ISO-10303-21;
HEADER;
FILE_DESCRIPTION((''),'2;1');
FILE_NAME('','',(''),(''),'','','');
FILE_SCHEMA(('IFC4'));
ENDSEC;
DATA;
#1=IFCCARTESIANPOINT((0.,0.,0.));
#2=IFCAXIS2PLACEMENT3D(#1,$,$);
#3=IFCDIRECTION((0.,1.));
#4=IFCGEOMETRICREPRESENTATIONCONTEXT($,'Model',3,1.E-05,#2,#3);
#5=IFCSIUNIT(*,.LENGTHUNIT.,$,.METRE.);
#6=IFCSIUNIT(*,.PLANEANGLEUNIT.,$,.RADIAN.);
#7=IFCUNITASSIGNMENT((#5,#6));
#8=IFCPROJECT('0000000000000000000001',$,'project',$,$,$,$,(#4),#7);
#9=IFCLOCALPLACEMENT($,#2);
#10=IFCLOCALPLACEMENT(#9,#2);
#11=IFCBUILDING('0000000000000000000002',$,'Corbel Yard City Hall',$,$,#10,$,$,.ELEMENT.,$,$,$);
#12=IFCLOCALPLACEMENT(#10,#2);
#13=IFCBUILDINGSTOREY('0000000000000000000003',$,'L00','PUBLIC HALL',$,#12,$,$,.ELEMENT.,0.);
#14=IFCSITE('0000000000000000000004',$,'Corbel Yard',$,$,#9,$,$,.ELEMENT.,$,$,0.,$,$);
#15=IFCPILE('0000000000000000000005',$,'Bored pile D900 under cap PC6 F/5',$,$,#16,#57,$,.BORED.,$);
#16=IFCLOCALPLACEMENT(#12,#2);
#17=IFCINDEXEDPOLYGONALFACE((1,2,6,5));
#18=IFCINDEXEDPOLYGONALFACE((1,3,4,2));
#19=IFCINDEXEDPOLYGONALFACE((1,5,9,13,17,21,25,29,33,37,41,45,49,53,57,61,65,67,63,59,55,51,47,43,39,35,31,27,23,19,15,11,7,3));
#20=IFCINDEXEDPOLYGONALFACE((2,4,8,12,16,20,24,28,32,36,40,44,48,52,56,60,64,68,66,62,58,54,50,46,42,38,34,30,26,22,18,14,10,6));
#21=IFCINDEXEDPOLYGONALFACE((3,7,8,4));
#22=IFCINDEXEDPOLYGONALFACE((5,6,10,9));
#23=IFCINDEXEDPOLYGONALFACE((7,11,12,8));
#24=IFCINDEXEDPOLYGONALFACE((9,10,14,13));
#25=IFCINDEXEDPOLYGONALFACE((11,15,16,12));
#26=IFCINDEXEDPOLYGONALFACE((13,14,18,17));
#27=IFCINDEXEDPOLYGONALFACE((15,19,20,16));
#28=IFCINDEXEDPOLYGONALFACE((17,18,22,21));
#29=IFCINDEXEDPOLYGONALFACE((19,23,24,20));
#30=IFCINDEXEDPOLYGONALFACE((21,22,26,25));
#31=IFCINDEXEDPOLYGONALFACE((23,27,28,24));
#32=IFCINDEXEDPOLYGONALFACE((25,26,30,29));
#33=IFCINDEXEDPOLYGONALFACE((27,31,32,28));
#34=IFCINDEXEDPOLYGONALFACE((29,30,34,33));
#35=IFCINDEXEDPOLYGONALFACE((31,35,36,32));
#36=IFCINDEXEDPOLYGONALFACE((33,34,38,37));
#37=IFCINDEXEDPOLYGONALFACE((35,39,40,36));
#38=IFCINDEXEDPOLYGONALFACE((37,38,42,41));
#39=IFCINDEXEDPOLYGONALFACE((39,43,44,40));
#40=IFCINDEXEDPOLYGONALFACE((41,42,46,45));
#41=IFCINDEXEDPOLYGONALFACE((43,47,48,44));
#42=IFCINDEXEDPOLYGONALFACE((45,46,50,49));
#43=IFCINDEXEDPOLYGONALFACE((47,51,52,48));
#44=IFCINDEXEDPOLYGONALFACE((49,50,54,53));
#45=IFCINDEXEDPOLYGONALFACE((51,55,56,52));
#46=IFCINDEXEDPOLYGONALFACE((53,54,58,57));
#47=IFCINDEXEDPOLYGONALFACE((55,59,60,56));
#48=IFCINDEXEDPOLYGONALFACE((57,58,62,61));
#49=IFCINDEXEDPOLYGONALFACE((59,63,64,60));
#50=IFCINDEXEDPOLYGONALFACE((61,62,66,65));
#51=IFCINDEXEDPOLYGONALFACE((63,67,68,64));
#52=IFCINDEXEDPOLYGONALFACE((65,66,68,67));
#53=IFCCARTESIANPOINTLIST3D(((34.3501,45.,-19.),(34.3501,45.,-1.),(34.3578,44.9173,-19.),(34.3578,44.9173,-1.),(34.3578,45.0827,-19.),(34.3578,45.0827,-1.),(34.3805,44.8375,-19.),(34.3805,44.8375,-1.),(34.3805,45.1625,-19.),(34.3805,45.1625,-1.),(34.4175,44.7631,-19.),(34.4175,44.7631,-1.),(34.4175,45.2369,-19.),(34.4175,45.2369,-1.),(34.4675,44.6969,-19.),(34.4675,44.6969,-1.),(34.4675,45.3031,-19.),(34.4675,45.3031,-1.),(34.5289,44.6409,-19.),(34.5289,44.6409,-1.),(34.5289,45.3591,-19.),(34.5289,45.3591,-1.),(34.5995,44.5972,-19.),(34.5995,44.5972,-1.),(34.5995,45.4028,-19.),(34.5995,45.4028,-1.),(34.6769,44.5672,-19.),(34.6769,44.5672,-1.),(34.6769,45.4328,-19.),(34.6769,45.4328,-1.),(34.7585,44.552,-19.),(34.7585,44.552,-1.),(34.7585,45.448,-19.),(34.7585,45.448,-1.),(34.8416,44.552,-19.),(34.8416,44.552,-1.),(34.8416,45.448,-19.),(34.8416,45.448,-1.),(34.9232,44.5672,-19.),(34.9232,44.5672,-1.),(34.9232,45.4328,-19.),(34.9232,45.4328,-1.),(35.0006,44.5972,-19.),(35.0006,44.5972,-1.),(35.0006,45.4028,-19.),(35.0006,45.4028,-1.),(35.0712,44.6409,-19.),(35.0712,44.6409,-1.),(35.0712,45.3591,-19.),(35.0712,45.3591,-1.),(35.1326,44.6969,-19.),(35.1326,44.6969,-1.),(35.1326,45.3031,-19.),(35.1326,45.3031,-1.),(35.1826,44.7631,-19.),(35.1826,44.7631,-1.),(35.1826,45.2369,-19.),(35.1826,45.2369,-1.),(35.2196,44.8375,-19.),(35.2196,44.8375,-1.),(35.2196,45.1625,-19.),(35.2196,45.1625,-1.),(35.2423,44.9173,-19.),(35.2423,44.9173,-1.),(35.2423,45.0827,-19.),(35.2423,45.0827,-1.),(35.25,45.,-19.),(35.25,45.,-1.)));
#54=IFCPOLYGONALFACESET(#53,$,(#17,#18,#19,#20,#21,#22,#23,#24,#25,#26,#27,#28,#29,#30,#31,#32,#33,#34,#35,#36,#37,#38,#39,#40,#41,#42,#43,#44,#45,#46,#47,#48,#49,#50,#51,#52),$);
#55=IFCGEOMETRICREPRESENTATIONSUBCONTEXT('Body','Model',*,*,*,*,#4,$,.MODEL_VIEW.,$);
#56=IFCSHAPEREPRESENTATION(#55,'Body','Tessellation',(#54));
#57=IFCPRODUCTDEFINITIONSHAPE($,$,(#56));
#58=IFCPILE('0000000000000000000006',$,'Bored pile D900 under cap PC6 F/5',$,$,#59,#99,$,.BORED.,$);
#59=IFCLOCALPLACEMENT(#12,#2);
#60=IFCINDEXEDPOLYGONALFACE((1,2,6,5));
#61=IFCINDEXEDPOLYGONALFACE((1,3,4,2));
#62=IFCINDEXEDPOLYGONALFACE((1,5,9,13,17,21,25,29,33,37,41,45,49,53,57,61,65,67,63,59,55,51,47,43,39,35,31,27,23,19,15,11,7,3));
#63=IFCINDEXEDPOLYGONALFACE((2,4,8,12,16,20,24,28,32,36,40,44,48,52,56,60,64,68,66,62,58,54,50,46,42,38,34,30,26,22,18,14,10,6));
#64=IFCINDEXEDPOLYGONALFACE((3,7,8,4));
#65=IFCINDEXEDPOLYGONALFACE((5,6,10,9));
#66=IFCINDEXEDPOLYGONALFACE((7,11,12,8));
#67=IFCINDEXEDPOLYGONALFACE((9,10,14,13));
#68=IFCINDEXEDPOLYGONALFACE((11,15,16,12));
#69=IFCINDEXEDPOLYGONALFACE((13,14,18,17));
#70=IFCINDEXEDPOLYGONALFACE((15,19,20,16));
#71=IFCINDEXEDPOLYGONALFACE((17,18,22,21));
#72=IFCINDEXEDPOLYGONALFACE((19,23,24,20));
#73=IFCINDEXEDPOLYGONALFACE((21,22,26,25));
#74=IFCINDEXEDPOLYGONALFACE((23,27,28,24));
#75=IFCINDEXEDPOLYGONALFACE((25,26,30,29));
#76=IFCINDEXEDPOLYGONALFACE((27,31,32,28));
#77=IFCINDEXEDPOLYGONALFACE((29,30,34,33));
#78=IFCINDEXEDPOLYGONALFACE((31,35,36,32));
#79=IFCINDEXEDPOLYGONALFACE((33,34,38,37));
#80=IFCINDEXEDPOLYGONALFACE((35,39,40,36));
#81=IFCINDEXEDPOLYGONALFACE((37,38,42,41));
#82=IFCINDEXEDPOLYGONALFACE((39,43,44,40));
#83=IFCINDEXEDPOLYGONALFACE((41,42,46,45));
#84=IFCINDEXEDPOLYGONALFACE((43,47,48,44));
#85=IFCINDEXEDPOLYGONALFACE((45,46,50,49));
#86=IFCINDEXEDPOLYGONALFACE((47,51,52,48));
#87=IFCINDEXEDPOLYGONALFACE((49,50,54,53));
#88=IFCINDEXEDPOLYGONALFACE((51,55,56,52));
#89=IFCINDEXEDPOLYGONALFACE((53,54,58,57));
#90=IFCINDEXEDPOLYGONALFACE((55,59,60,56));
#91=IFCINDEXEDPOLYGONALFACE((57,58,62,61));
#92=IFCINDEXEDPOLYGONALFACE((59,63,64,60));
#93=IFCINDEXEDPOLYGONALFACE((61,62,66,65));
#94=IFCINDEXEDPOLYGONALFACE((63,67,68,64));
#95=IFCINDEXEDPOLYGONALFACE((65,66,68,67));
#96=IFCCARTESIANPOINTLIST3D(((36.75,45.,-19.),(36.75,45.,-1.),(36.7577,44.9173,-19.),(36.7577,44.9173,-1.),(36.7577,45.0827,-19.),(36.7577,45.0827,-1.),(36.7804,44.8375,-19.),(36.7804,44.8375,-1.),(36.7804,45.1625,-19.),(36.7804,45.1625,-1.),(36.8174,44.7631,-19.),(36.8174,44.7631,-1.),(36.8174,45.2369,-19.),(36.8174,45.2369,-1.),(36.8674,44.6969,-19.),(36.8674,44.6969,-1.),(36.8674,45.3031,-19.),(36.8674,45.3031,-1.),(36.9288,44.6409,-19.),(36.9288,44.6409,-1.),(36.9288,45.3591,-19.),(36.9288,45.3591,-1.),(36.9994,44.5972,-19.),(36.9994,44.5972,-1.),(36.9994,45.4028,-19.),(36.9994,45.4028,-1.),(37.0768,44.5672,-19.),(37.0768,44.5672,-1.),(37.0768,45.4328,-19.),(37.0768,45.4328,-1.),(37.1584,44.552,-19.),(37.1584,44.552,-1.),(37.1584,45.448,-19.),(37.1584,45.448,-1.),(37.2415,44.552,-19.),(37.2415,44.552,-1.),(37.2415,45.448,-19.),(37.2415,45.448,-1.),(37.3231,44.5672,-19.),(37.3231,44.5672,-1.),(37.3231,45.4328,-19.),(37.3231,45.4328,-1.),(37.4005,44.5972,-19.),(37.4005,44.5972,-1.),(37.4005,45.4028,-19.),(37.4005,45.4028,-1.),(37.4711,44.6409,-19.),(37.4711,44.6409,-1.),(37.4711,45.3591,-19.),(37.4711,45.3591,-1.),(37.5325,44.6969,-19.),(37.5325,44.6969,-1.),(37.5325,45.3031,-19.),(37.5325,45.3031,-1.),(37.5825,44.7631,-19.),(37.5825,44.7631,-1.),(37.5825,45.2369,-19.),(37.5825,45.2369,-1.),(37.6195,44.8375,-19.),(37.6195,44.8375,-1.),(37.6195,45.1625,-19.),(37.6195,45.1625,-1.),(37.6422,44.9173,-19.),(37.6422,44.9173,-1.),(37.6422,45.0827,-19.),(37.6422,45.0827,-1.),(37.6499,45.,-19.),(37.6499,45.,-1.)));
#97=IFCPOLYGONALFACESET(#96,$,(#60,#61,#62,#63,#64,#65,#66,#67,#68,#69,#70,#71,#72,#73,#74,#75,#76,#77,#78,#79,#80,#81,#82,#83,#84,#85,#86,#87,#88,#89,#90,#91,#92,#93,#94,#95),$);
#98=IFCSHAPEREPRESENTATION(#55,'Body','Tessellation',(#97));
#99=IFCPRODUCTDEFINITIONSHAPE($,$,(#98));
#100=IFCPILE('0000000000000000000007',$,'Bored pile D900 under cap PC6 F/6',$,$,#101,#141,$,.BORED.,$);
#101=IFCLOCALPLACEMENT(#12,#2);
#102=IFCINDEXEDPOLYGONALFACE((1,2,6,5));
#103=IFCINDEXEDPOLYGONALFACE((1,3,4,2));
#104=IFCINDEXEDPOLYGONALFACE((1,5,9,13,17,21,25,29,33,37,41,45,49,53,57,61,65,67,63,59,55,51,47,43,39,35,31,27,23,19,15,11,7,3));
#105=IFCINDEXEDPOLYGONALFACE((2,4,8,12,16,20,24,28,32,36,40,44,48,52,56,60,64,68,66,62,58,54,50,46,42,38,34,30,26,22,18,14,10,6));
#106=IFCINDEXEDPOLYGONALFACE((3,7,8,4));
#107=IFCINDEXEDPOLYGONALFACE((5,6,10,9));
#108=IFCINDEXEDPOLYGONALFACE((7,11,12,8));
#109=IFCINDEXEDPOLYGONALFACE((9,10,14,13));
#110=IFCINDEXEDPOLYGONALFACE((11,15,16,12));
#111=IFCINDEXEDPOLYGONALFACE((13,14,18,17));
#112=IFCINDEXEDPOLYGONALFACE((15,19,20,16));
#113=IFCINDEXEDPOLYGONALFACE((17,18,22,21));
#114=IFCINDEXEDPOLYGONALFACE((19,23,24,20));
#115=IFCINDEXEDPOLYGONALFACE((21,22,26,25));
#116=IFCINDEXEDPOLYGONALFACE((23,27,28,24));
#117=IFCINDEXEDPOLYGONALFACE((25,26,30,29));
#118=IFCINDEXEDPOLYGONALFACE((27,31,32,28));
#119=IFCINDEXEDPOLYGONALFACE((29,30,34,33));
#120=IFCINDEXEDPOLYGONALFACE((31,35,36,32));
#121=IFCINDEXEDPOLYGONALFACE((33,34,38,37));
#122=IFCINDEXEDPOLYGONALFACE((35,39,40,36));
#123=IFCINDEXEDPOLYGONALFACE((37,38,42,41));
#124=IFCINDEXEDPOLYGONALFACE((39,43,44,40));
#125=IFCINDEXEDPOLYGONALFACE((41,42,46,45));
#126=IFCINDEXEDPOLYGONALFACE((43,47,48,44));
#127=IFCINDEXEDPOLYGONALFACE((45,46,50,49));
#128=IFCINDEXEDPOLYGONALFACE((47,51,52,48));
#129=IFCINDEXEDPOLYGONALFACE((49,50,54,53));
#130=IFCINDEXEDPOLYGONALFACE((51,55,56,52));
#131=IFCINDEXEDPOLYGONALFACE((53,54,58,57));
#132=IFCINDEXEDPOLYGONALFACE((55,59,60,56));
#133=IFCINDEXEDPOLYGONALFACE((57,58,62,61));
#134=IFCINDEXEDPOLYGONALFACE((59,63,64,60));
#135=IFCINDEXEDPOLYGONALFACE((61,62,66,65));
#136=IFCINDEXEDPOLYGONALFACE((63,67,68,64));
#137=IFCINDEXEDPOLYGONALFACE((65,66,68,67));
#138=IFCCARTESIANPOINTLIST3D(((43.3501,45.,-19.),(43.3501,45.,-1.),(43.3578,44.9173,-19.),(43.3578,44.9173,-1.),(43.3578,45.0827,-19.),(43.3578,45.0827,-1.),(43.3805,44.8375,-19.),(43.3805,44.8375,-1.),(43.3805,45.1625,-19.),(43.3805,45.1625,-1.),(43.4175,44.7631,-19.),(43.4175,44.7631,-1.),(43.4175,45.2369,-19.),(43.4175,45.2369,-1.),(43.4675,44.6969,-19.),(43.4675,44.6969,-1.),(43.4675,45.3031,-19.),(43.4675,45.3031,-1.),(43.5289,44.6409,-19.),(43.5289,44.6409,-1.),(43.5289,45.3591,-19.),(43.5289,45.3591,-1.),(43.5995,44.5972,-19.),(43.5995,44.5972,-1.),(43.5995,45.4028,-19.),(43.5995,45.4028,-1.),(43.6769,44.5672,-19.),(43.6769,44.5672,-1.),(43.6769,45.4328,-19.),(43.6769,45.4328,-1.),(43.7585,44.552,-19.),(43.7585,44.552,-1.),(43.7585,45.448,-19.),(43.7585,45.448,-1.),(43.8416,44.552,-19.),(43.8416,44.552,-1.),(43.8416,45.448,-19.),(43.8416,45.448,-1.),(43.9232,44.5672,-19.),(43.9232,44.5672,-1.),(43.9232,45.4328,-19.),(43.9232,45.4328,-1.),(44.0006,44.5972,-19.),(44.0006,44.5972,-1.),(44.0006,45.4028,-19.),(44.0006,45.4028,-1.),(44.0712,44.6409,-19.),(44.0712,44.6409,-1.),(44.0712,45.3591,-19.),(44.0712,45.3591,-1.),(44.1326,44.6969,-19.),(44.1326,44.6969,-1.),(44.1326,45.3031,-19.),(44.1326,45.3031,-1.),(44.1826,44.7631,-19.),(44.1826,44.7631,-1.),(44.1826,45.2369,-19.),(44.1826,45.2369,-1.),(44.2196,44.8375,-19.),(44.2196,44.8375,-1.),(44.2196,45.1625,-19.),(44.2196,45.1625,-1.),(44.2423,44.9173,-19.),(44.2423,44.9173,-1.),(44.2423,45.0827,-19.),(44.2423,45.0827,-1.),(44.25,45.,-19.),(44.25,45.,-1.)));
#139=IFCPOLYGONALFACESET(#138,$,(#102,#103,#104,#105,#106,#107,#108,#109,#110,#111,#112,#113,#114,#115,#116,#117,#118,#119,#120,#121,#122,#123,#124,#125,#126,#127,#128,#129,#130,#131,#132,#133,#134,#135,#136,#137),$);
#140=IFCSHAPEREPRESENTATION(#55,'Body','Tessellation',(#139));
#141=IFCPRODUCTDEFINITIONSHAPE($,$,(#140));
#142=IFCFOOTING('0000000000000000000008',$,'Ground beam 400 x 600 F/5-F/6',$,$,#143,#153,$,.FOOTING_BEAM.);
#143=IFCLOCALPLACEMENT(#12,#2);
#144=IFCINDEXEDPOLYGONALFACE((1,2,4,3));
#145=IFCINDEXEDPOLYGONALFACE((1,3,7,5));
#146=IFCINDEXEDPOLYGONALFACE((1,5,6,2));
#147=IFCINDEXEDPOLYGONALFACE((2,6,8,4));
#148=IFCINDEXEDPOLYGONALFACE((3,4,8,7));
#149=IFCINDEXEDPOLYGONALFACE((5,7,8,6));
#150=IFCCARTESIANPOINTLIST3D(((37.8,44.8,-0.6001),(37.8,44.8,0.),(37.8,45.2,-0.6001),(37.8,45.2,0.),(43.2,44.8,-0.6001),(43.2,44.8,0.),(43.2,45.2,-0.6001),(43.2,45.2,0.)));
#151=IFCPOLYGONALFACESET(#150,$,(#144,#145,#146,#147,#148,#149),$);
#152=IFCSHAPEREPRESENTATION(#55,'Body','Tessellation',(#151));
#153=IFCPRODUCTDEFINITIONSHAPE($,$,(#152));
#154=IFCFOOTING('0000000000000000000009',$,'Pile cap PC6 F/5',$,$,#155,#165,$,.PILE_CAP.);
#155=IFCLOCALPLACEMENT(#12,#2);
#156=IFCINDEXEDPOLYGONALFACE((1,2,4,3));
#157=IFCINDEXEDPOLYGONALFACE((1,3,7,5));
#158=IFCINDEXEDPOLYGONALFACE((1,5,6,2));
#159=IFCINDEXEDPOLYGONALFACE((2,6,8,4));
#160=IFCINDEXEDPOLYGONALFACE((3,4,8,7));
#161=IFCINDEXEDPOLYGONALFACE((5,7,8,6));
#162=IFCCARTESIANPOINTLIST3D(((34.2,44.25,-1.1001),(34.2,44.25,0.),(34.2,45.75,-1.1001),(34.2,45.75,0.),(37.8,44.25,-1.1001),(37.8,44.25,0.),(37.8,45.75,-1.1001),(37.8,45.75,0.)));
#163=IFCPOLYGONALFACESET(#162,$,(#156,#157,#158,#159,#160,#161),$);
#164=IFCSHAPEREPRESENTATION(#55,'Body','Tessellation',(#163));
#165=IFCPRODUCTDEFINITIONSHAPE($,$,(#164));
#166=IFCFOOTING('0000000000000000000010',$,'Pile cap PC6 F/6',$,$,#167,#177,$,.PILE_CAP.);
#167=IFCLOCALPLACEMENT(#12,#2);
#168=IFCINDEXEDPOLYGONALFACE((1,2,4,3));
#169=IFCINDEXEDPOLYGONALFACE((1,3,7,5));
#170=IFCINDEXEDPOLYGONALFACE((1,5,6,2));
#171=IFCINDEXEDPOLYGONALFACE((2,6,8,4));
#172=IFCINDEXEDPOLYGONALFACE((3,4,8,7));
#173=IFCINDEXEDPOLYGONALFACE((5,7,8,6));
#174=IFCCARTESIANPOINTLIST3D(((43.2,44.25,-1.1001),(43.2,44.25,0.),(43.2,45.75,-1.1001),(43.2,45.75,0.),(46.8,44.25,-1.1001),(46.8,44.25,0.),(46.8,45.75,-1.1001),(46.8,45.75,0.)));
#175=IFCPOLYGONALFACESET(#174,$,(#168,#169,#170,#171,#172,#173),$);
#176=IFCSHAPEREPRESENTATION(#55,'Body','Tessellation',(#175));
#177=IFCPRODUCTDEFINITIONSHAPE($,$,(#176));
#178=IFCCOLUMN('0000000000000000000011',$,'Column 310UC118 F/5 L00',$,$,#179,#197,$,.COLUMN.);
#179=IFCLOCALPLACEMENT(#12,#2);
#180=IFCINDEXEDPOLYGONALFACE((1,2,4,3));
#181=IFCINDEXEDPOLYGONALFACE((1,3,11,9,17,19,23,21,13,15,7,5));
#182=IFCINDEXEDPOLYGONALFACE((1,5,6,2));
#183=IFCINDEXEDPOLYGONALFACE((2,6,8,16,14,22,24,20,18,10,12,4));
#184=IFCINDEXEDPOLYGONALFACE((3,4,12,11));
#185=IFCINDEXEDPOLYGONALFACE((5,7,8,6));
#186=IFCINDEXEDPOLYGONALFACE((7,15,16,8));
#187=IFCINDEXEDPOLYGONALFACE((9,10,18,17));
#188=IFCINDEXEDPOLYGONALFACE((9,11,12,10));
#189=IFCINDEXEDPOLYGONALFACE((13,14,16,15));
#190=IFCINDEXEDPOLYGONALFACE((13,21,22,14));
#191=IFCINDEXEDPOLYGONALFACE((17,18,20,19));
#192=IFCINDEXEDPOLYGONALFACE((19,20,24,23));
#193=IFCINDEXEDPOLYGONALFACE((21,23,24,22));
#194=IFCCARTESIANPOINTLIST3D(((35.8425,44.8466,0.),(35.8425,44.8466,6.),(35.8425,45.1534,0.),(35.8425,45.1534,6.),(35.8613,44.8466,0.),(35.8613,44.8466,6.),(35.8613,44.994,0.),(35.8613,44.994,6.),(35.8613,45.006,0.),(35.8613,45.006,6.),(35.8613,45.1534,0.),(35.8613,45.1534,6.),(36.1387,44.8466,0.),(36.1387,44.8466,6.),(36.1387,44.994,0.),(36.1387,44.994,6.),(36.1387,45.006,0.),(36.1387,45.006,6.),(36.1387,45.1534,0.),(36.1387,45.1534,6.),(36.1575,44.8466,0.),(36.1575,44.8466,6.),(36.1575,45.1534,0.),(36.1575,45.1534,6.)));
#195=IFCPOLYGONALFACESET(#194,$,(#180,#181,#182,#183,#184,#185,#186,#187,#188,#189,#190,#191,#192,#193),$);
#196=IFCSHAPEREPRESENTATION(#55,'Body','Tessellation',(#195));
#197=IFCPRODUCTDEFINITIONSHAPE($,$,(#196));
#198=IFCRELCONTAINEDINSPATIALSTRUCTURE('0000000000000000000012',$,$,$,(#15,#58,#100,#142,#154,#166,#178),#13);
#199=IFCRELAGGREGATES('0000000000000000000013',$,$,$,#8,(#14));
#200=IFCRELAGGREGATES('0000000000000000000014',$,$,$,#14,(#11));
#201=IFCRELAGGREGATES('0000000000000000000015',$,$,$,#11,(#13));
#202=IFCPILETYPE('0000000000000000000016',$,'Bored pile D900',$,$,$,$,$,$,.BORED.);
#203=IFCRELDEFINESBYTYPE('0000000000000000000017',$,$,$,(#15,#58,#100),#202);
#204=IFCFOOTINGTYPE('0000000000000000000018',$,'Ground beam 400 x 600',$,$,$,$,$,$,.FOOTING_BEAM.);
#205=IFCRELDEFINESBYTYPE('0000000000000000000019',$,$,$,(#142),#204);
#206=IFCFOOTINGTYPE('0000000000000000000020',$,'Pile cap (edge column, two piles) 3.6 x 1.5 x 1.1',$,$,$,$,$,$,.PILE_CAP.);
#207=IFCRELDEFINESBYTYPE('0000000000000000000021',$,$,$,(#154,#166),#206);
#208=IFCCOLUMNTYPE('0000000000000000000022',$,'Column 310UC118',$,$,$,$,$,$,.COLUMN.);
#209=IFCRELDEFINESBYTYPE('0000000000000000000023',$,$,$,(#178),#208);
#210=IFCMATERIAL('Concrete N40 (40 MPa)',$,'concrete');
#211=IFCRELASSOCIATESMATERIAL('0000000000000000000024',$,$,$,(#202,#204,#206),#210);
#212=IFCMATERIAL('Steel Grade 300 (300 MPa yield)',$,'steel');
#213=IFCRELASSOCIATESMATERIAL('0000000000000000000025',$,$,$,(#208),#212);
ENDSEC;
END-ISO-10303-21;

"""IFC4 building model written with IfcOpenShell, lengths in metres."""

from ifc_helpers import new_model, si_unit, direction, frame, origin, origin_2d, place, context, subcontext, project, spatial, rectangle, circle, i_section, extrude, material, material_profile, profile_set, type_object, element, save


model = new_model("IFC4")

# Units and contexts
model_context = context("Model", 3, precision=1e-05, world=origin(), true_north=direction((0.0, 1.0)))
body_context = subcontext(model_context, "Body", "Model", "MODEL_VIEW")
ifc_project = project(units=[si_unit("LENGTHUNIT", "METRE"), si_unit("PLANEANGLEUNIT", "RADIAN")], contexts=[model_context])

# Site, building, storey
site_placement = place(None, origin())
site = spatial("IfcSite", under=ifc_project, at=site_placement, Name="Corbel Yard", CompositionType="ELEMENT", RefElevation=0.0)
building_placement = place(site_placement, origin())
building = spatial("IfcBuilding", under=site, at=building_placement, Name="Corbel Yard City Hall", CompositionType="ELEMENT")
storey_placement = place(building_placement, origin())
storey = spatial("IfcBuildingStorey", under=building, at=storey_placement, Name="L00", Description="PUBLIC HALL", CompositionType="ELEMENT", Elevation=0.0)

# Piles
ifc_material_1 = material(Name="Concrete N40 (40 MPa)", Category="concrete")
ifc_material_profile_1 = material_profile(ifc_material_1, circle(Radius=0.45, at=origin_2d()), Name="D900")
ifc_profile_set_1 = profile_set([ifc_material_profile_1], Name="Concrete N40 (40 MPa)")
pile_type = type_object("IfcPileType", Name="Bored pile D900", PredefinedType="BORED", material=ifc_profile_set_1)
for number, where, z_axis, x_axis, name in (
    (1, (34.8, 45.0, -1.0), (0.0, 0.0, -1.0), (1.0, 0.0, 0.0), "Bored pile D900 under cap PC6 F/5"),
    (2, (37.2, 45.0, -1.0), (0.0, 0.0, -1.0), (1.0, 0.0, 0.0), "Bored pile D900 under cap PC6 F/5"),
    (3, (43.8, 45.0, -1.0), (0.0, 0.0, -1.0), (1.0, 0.0, 0.0), "Bored pile D900 under cap PC6 F/6"),
):
    element("IfcPile", number, at=place(storey_placement, frame(where, z_axis=z_axis, x_axis=x_axis)), inside=storey, type_object=pile_type, Name=name, PredefinedType="BORED", context=body_context, shape_type="SweptSolid", body=[
        extrude(circle(Radius=0.45, at=origin_2d()), origin(), (0.0, 0.0, 1.0), 18.0),
    ])

# Footings
footing_type_1 = type_object("IfcFootingType", Name="Ground beam 400 x 600", PredefinedType="FOOTING_BEAM", material=ifc_material_1)
footing_placement = place(storey_placement, frame((40.5, 45.0, -0.6001), z_axis=(0.0, 0.0, 1.0), x_axis=(1.0, 0.0, 0.0)))
element("IfcFooting", 4, at=footing_placement, inside=storey, type_object=footing_type_1, Name="Ground beam 400 x 600 F/5-F/6", PredefinedType="FOOTING_BEAM", context=body_context, shape_type="SweptSolid", body=[
    extrude(rectangle(XDim=5.3999, YDim=0.3999, at=origin_2d()), origin(), (0.0, 0.0, 1.0), 0.6001),
])
footing_type_2 = type_object("IfcFootingType", Name="Pile cap (edge column, two piles) 3.6 x 1.5 x 1.1", PredefinedType="PILE_CAP", material=ifc_material_1)
for number, where, z_axis, x_axis, name in (
    (5, (36.0, 45.0, -1.1001), (0.0, 0.0, 1.0), (1.0, 0.0, 0.0), "Pile cap PC6 F/5"),
    (6, (45.0, 45.0, -1.1001), (0.0, 0.0, 1.0), (1.0, 0.0, 0.0), "Pile cap PC6 F/6"),
):
    element("IfcFooting", number, at=place(storey_placement, frame(where, z_axis=z_axis, x_axis=x_axis)), inside=storey, type_object=footing_type_2, Name=name, PredefinedType="PILE_CAP", context=body_context, shape_type="SweptSolid", body=[
        extrude(rectangle(XDim=3.6001, YDim=1.5, at=origin_2d()), origin(), (0.0, 0.0, 1.0), 1.1001),
    ])

# Column
ifc_material_2 = material(Name="Steel Grade 300 (300 MPa yield)", Category="steel")
ifc_material_profile_2 = material_profile(ifc_material_2, i_section(OverallWidth=0.3069, OverallDepth=0.3149, WebThickness=0.012, FlangeThickness=0.0188, at=origin_2d()), Name="310UC118")
ifc_profile_set_2 = profile_set([ifc_material_profile_2], Name="Steel Grade 300 (300 MPa yield)")
column_type = type_object("IfcColumnType", Name="Column 310UC118", PredefinedType="COLUMN", material=ifc_profile_set_2)
for number, where, z_axis, x_axis, name in (
    (7, (36.0, 45.0, 0.0), (0.0, 0.0, 1.0), (0.0, 1.0, 0.0), "Column 310UC118 F/5 L00"),
):
    element("IfcColumn", number, at=place(storey_placement, frame(where, z_axis=z_axis, x_axis=x_axis)), inside=storey, type_object=column_type, Name=name, PredefinedType="COLUMN", context=body_context, shape_type="SweptSolid", body=[
        extrude(i_section(OverallWidth=0.3069, OverallDepth=0.3149, WebThickness=0.012, FlangeThickness=0.0188, at=origin_2d()), origin(), (0.0, 0.0, 1.0), 6.0),
    ])

save(model, "model.ifc")
